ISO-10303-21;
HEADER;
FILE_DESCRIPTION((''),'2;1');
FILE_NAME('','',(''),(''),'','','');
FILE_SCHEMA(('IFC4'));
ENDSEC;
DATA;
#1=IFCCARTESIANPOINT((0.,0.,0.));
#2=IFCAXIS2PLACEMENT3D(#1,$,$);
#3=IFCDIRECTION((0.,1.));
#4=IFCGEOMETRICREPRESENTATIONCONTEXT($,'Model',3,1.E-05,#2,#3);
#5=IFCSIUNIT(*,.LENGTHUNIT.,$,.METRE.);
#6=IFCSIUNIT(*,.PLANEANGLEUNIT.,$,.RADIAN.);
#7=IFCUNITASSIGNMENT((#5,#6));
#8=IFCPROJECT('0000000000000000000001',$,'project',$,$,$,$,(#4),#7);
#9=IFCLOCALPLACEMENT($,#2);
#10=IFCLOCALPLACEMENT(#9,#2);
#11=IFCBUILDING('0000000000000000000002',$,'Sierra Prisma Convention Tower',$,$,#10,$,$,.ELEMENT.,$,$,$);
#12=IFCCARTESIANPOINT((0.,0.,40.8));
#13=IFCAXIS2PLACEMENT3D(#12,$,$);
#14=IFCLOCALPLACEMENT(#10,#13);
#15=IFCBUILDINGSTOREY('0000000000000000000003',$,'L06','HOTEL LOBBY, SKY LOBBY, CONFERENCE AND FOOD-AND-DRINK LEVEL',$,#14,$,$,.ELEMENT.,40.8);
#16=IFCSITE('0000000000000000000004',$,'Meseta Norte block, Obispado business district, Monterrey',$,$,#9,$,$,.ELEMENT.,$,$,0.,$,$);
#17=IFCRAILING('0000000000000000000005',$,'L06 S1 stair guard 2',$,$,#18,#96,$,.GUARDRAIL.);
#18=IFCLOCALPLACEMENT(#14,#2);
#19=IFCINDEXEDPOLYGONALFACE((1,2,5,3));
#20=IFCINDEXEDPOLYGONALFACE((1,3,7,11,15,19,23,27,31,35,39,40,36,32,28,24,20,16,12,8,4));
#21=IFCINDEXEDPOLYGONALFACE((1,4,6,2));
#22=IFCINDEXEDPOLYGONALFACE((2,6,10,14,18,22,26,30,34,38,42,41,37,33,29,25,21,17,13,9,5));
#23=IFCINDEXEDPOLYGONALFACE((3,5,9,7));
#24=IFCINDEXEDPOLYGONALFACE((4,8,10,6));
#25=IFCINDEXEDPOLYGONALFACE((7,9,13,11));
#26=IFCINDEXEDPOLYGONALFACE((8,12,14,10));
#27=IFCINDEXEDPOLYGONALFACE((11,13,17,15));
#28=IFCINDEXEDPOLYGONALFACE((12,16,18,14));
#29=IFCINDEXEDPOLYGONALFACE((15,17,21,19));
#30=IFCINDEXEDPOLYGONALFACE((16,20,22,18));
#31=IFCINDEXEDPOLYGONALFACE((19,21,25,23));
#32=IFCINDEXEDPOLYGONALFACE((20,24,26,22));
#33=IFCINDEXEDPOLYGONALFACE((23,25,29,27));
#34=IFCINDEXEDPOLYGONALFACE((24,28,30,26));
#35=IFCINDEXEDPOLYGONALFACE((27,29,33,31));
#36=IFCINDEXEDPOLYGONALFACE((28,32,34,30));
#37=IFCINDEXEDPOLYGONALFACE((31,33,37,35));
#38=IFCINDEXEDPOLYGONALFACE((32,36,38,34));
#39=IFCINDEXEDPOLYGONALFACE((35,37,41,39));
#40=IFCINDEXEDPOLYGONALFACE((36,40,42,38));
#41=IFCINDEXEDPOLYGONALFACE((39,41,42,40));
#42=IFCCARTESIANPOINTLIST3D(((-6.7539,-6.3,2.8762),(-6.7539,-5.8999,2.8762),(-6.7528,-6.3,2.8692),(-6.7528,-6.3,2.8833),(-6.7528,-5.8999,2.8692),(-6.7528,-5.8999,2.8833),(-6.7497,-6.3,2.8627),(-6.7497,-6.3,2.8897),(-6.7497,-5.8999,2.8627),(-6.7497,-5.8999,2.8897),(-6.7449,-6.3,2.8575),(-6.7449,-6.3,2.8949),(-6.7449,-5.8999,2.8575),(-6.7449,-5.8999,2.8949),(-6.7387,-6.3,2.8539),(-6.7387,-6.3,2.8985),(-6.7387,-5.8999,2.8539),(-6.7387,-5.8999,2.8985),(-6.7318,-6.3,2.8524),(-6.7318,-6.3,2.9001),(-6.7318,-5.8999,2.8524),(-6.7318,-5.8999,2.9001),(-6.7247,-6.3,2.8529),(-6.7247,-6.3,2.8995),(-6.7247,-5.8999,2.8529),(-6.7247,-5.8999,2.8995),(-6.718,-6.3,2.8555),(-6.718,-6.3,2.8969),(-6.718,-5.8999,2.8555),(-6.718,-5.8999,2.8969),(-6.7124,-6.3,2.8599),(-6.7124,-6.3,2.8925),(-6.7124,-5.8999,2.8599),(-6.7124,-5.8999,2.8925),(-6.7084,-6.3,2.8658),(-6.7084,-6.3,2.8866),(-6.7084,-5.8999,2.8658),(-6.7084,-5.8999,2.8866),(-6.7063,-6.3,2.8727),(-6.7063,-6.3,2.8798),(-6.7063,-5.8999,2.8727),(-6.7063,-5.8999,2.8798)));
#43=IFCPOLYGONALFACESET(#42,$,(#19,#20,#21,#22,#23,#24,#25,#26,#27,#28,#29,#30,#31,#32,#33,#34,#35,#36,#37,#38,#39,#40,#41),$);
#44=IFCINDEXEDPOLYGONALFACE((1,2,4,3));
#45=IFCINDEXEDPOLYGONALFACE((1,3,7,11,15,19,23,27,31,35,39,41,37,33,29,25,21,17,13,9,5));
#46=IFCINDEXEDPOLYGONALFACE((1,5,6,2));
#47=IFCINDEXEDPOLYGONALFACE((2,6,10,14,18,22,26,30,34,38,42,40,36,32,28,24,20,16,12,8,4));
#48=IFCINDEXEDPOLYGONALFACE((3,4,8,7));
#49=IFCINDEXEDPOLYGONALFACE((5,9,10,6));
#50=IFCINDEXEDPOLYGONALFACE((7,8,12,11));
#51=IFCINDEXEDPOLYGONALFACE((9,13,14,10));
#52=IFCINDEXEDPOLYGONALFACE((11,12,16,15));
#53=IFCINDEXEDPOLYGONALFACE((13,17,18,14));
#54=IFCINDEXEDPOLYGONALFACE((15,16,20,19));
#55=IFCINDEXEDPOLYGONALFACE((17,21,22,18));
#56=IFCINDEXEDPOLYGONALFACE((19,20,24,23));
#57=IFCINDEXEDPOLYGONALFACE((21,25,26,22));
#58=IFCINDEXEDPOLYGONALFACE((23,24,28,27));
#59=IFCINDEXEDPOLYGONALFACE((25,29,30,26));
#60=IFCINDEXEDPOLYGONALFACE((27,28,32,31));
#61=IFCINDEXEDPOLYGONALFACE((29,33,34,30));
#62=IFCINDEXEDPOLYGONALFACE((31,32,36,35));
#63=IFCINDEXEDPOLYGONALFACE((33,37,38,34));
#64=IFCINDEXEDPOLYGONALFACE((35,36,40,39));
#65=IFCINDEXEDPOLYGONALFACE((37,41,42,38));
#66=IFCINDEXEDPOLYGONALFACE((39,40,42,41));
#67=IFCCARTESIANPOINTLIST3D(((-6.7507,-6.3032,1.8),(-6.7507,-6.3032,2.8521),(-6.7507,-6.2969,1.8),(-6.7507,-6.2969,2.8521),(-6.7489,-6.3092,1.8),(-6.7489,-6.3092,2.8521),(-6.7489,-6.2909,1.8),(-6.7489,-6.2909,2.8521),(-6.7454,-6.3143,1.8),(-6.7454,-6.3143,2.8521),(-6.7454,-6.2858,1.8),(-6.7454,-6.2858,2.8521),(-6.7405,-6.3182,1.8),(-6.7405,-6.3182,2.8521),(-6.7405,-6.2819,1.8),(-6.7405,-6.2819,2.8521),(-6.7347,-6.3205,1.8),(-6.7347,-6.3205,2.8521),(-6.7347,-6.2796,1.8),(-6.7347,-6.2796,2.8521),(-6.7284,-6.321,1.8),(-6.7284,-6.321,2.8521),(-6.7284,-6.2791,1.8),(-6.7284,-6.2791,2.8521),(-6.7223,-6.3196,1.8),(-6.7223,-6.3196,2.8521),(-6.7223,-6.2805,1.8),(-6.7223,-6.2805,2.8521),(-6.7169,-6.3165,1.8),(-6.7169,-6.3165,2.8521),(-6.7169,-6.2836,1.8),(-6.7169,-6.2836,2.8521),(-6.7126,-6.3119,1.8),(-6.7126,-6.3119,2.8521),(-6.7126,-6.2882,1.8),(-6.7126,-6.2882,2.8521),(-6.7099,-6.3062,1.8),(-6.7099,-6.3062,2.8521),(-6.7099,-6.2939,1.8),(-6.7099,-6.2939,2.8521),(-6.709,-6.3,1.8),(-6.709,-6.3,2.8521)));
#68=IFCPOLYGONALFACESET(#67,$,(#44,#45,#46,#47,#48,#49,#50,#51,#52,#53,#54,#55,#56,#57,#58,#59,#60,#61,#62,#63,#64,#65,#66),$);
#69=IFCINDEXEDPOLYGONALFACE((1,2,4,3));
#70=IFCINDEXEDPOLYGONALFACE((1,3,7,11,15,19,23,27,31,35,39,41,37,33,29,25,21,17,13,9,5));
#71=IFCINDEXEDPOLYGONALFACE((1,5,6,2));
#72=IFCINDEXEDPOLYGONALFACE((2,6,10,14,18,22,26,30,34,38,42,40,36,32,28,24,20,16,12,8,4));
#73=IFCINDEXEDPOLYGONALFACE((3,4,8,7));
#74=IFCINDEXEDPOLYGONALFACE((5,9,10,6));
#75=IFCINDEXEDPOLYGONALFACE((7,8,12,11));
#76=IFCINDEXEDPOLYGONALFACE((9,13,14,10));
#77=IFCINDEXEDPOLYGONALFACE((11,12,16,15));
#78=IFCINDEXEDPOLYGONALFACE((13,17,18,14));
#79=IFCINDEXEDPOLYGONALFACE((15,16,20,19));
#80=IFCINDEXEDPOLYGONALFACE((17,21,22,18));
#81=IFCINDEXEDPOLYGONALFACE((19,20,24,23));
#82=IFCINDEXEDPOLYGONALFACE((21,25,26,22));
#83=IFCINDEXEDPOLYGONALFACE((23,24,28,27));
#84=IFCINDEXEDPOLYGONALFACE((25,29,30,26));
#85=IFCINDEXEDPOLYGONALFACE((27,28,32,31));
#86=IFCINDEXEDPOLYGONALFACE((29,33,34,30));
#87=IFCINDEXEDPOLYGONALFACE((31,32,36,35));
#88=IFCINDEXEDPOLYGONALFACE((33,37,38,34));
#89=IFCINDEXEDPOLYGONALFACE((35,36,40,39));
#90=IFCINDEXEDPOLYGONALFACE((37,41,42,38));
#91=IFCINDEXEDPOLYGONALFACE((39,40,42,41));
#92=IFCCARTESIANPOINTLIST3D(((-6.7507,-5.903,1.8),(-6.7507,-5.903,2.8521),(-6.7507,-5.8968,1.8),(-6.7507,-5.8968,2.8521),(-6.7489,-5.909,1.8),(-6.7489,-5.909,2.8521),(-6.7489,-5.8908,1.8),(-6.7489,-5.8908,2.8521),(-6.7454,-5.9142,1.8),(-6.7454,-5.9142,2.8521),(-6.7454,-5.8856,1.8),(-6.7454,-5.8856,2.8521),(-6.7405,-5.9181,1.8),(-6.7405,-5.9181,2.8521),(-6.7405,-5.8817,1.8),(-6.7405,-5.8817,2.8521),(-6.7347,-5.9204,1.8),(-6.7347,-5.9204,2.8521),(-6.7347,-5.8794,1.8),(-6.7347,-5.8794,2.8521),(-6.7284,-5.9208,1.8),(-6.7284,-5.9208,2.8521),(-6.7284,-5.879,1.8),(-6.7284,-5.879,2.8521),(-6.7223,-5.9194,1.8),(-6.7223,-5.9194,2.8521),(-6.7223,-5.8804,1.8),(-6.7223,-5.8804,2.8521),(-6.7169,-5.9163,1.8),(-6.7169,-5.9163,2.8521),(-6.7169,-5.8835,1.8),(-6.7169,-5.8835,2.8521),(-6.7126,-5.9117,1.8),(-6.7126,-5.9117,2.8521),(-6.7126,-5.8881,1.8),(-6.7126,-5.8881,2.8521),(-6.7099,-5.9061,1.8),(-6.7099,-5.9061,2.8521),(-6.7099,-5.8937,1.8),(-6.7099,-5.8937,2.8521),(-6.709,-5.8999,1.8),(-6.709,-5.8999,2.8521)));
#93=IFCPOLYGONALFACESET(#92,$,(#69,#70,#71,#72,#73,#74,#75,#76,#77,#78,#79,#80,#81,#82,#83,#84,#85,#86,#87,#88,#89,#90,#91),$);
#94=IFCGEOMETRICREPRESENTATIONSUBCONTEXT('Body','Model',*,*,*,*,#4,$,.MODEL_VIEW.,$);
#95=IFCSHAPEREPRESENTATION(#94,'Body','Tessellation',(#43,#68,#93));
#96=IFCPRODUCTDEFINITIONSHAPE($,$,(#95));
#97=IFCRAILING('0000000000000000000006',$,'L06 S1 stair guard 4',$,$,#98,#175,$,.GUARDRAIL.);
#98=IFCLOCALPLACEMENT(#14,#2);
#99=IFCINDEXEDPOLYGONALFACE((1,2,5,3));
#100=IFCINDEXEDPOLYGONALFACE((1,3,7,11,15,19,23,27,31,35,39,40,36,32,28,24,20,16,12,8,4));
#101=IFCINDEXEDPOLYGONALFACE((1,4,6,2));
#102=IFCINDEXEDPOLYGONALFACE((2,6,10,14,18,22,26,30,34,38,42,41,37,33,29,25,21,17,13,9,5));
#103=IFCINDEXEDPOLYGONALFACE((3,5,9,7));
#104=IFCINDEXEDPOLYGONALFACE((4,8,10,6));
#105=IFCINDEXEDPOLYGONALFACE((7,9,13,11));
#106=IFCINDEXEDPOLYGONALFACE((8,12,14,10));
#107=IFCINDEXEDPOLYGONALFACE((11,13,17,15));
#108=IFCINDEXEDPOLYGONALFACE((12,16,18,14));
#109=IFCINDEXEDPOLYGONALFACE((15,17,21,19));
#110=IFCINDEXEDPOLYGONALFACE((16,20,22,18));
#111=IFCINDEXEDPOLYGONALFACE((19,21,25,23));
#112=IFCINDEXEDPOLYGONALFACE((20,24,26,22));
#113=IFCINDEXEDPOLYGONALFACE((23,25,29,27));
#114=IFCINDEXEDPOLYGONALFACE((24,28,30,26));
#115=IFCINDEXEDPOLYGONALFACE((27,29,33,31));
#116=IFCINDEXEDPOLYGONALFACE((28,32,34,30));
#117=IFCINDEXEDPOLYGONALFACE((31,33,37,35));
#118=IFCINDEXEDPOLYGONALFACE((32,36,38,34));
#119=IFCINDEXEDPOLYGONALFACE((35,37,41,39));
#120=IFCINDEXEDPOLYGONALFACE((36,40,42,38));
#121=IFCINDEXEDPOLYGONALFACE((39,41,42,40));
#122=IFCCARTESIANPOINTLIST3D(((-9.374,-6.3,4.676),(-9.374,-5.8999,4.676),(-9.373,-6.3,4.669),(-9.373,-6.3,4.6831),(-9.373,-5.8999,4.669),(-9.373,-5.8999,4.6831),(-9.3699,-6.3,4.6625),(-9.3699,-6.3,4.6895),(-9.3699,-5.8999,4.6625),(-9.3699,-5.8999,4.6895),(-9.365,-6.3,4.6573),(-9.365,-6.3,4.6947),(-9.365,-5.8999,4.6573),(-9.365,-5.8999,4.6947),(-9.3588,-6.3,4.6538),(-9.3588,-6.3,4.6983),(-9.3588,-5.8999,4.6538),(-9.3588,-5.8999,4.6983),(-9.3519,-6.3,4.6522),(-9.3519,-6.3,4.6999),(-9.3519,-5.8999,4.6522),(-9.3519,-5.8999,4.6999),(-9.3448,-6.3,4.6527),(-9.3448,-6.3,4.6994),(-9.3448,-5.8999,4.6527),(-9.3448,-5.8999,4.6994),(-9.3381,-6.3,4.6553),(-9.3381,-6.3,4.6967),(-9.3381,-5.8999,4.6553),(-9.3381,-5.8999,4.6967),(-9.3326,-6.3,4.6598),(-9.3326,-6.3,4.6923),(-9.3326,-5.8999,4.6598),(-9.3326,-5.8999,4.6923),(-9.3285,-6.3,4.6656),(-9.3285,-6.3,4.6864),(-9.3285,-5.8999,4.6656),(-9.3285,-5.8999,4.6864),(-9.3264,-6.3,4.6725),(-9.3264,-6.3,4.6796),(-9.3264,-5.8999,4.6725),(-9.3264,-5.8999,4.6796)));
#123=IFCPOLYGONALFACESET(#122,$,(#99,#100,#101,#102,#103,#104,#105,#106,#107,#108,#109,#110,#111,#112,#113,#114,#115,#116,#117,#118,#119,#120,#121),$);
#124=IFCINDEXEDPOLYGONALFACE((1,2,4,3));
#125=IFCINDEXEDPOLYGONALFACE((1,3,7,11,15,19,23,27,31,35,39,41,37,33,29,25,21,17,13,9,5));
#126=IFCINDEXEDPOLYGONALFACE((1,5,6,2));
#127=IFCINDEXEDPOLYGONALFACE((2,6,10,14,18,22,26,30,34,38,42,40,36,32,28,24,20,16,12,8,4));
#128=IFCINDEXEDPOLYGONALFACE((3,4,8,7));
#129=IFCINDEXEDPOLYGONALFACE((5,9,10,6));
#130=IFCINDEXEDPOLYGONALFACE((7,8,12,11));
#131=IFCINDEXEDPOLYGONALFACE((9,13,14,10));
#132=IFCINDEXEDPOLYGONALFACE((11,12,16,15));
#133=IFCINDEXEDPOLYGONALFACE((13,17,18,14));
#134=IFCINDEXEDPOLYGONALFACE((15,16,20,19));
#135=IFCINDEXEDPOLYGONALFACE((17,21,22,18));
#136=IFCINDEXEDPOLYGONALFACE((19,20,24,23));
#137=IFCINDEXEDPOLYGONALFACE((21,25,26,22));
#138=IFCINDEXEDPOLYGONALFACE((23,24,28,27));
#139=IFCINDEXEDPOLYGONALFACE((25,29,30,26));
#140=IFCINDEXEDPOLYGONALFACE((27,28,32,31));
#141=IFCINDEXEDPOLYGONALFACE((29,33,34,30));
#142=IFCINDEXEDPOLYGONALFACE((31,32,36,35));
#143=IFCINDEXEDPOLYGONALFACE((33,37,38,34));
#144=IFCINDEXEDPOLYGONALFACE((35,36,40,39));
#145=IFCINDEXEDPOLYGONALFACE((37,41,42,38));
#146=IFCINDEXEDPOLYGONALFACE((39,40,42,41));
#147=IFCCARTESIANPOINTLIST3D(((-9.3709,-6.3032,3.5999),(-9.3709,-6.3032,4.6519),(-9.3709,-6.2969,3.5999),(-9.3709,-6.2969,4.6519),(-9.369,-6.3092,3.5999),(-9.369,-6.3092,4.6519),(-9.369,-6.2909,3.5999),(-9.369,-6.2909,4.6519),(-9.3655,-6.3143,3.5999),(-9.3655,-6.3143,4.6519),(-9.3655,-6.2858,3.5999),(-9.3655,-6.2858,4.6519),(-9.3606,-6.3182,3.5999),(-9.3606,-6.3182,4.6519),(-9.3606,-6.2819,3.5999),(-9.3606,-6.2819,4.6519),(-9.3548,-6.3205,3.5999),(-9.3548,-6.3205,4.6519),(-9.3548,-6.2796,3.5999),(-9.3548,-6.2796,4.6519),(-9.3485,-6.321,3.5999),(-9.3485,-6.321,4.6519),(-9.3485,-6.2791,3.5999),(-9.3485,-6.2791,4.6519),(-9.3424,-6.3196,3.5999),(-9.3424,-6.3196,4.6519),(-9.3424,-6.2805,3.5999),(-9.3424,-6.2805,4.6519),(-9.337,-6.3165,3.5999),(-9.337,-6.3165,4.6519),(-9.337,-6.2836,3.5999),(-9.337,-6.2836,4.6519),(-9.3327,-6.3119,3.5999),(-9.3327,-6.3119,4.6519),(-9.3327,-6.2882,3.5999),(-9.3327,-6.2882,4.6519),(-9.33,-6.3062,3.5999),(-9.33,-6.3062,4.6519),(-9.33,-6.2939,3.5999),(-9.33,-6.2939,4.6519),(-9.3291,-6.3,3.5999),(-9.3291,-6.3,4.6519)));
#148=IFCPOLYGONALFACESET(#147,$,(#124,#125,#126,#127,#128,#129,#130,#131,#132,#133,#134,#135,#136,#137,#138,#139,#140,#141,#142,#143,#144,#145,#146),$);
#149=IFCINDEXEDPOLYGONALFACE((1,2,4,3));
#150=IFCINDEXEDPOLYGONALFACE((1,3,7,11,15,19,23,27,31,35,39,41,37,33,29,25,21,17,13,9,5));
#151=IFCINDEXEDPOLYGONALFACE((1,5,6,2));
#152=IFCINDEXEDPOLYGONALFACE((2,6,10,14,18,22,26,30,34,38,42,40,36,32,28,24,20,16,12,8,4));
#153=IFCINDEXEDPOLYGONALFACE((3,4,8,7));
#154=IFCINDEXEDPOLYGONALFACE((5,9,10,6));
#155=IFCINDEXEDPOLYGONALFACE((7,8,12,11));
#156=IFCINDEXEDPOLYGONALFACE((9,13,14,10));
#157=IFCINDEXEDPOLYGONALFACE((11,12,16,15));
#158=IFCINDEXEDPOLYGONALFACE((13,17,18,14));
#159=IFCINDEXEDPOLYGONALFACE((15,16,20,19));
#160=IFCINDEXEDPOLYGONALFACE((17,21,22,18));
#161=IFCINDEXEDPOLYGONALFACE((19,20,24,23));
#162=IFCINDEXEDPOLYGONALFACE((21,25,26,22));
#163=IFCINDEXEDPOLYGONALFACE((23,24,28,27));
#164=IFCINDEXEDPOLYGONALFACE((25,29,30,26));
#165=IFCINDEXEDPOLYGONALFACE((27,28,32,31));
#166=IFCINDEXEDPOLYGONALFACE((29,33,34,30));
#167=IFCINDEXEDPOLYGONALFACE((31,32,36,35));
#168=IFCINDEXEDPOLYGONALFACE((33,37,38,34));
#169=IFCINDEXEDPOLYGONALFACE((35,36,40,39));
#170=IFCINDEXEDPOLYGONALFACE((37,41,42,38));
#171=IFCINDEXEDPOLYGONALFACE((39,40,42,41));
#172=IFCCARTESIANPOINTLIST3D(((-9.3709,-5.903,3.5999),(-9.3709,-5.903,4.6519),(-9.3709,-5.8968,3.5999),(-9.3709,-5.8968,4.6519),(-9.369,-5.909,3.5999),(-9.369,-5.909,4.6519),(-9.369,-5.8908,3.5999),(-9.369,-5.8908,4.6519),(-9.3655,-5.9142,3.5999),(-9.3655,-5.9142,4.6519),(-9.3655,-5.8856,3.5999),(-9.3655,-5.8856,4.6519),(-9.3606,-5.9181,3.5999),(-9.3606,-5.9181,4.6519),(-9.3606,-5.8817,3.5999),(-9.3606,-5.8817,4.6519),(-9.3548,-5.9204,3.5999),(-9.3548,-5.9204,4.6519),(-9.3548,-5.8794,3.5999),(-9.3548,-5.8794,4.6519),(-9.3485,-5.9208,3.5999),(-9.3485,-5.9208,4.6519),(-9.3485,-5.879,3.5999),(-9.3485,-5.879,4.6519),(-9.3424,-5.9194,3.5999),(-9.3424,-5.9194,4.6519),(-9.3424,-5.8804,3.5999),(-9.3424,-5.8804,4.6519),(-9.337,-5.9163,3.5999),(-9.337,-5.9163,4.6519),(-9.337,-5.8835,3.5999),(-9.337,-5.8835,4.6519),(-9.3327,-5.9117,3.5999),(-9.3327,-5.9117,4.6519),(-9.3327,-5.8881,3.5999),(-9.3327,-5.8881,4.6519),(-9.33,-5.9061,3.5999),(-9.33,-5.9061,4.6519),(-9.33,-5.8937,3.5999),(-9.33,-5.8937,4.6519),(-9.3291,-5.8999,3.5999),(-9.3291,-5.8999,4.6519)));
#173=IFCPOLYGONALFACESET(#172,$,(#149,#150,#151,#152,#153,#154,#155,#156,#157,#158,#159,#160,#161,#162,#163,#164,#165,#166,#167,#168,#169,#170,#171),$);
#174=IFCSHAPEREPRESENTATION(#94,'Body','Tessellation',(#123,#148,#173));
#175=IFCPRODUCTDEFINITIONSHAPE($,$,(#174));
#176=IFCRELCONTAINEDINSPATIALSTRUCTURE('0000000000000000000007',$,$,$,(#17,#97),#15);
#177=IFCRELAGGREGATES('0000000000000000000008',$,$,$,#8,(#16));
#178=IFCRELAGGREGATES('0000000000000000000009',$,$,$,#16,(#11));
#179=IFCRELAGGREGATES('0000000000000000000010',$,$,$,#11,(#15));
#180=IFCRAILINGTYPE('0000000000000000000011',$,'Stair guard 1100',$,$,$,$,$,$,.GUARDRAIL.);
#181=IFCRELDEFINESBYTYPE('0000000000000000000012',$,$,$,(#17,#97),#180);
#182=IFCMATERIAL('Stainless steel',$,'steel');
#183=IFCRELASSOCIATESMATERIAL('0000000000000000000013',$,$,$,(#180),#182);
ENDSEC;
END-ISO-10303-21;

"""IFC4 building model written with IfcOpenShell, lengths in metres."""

from ifc_helpers import new_model, si_unit, direction, frame, origin, origin_2d, place, context, subcontext, project, spatial, circle, extrude, material, type_object, element, save


model = new_model("IFC4")

# Units and contexts
model_context = context("Model", 3, precision=1e-05, world=origin(), true_north=direction((0.0, 1.0)))
body_context = subcontext(model_context, "Body", "Model", "MODEL_VIEW")
ifc_project = project(units=[si_unit("LENGTHUNIT", "METRE"), si_unit("PLANEANGLEUNIT", "RADIAN")], contexts=[model_context])

# Site, building, storey
site_placement = place(None, origin())
site = spatial("IfcSite", under=ifc_project, at=site_placement, Name="Meseta Norte block, Obispado business district, Monterrey", CompositionType="ELEMENT", RefElevation=0.0)
building_placement = place(site_placement, origin())
building = spatial("IfcBuilding", under=site, at=building_placement, Name="Sierra Prisma Convention Tower", CompositionType="ELEMENT")
storey_placement = place(building_placement, frame((0.0, 0.0, 40.8)))
storey = spatial("IfcBuildingStorey", under=building, at=storey_placement, Name="L06", Description="HOTEL LOBBY, SKY LOBBY, CONFERENCE AND FOOD-AND-DRINK LEVEL", CompositionType="ELEMENT", Elevation=40.8)

# Railings
ifc_material_1 = material(Name="Stainless steel", Category="steel")
railing_type_1 = type_object("IfcRailingType", Name="Stair guard 1100", PredefinedType="GUARDRAIL", material=ifc_material_1)
for number, where, name in (
    (1, (-6.73, -6.3, 1.8), "L06 S1 stair guard 2"),
    (2, (-9.3501, -6.3, 3.5999), "L06 S1 stair guard 4"),
):
    element("IfcRailing", number, at=place(storey_placement, frame(where)), inside=storey, type_object=railing_type_1, Name=name, PredefinedType="GUARDRAIL", context=body_context, shape_type="SweptSolid", body=[
        extrude(circle(Radius=0.0239, at=origin_2d()), frame((0.0, 0.0, 1.0762), z_axis=(0.0, 1.0, 0.0), x_axis=(-1.0, 0.0, 0.0)), (0.0, 0.0, 1.0), 0.4001),
        extrude(circle(Radius=0.021, at=origin_2d()), origin(), (0.0, 0.0, 1.0), 1.052),
        extrude(circle(Radius=0.021, at=origin_2d()), frame((0.0, 0.4001, 0.0)), (0.0, 0.0, 1.0), 1.052),
    ])

save(model, "model.ifc")
